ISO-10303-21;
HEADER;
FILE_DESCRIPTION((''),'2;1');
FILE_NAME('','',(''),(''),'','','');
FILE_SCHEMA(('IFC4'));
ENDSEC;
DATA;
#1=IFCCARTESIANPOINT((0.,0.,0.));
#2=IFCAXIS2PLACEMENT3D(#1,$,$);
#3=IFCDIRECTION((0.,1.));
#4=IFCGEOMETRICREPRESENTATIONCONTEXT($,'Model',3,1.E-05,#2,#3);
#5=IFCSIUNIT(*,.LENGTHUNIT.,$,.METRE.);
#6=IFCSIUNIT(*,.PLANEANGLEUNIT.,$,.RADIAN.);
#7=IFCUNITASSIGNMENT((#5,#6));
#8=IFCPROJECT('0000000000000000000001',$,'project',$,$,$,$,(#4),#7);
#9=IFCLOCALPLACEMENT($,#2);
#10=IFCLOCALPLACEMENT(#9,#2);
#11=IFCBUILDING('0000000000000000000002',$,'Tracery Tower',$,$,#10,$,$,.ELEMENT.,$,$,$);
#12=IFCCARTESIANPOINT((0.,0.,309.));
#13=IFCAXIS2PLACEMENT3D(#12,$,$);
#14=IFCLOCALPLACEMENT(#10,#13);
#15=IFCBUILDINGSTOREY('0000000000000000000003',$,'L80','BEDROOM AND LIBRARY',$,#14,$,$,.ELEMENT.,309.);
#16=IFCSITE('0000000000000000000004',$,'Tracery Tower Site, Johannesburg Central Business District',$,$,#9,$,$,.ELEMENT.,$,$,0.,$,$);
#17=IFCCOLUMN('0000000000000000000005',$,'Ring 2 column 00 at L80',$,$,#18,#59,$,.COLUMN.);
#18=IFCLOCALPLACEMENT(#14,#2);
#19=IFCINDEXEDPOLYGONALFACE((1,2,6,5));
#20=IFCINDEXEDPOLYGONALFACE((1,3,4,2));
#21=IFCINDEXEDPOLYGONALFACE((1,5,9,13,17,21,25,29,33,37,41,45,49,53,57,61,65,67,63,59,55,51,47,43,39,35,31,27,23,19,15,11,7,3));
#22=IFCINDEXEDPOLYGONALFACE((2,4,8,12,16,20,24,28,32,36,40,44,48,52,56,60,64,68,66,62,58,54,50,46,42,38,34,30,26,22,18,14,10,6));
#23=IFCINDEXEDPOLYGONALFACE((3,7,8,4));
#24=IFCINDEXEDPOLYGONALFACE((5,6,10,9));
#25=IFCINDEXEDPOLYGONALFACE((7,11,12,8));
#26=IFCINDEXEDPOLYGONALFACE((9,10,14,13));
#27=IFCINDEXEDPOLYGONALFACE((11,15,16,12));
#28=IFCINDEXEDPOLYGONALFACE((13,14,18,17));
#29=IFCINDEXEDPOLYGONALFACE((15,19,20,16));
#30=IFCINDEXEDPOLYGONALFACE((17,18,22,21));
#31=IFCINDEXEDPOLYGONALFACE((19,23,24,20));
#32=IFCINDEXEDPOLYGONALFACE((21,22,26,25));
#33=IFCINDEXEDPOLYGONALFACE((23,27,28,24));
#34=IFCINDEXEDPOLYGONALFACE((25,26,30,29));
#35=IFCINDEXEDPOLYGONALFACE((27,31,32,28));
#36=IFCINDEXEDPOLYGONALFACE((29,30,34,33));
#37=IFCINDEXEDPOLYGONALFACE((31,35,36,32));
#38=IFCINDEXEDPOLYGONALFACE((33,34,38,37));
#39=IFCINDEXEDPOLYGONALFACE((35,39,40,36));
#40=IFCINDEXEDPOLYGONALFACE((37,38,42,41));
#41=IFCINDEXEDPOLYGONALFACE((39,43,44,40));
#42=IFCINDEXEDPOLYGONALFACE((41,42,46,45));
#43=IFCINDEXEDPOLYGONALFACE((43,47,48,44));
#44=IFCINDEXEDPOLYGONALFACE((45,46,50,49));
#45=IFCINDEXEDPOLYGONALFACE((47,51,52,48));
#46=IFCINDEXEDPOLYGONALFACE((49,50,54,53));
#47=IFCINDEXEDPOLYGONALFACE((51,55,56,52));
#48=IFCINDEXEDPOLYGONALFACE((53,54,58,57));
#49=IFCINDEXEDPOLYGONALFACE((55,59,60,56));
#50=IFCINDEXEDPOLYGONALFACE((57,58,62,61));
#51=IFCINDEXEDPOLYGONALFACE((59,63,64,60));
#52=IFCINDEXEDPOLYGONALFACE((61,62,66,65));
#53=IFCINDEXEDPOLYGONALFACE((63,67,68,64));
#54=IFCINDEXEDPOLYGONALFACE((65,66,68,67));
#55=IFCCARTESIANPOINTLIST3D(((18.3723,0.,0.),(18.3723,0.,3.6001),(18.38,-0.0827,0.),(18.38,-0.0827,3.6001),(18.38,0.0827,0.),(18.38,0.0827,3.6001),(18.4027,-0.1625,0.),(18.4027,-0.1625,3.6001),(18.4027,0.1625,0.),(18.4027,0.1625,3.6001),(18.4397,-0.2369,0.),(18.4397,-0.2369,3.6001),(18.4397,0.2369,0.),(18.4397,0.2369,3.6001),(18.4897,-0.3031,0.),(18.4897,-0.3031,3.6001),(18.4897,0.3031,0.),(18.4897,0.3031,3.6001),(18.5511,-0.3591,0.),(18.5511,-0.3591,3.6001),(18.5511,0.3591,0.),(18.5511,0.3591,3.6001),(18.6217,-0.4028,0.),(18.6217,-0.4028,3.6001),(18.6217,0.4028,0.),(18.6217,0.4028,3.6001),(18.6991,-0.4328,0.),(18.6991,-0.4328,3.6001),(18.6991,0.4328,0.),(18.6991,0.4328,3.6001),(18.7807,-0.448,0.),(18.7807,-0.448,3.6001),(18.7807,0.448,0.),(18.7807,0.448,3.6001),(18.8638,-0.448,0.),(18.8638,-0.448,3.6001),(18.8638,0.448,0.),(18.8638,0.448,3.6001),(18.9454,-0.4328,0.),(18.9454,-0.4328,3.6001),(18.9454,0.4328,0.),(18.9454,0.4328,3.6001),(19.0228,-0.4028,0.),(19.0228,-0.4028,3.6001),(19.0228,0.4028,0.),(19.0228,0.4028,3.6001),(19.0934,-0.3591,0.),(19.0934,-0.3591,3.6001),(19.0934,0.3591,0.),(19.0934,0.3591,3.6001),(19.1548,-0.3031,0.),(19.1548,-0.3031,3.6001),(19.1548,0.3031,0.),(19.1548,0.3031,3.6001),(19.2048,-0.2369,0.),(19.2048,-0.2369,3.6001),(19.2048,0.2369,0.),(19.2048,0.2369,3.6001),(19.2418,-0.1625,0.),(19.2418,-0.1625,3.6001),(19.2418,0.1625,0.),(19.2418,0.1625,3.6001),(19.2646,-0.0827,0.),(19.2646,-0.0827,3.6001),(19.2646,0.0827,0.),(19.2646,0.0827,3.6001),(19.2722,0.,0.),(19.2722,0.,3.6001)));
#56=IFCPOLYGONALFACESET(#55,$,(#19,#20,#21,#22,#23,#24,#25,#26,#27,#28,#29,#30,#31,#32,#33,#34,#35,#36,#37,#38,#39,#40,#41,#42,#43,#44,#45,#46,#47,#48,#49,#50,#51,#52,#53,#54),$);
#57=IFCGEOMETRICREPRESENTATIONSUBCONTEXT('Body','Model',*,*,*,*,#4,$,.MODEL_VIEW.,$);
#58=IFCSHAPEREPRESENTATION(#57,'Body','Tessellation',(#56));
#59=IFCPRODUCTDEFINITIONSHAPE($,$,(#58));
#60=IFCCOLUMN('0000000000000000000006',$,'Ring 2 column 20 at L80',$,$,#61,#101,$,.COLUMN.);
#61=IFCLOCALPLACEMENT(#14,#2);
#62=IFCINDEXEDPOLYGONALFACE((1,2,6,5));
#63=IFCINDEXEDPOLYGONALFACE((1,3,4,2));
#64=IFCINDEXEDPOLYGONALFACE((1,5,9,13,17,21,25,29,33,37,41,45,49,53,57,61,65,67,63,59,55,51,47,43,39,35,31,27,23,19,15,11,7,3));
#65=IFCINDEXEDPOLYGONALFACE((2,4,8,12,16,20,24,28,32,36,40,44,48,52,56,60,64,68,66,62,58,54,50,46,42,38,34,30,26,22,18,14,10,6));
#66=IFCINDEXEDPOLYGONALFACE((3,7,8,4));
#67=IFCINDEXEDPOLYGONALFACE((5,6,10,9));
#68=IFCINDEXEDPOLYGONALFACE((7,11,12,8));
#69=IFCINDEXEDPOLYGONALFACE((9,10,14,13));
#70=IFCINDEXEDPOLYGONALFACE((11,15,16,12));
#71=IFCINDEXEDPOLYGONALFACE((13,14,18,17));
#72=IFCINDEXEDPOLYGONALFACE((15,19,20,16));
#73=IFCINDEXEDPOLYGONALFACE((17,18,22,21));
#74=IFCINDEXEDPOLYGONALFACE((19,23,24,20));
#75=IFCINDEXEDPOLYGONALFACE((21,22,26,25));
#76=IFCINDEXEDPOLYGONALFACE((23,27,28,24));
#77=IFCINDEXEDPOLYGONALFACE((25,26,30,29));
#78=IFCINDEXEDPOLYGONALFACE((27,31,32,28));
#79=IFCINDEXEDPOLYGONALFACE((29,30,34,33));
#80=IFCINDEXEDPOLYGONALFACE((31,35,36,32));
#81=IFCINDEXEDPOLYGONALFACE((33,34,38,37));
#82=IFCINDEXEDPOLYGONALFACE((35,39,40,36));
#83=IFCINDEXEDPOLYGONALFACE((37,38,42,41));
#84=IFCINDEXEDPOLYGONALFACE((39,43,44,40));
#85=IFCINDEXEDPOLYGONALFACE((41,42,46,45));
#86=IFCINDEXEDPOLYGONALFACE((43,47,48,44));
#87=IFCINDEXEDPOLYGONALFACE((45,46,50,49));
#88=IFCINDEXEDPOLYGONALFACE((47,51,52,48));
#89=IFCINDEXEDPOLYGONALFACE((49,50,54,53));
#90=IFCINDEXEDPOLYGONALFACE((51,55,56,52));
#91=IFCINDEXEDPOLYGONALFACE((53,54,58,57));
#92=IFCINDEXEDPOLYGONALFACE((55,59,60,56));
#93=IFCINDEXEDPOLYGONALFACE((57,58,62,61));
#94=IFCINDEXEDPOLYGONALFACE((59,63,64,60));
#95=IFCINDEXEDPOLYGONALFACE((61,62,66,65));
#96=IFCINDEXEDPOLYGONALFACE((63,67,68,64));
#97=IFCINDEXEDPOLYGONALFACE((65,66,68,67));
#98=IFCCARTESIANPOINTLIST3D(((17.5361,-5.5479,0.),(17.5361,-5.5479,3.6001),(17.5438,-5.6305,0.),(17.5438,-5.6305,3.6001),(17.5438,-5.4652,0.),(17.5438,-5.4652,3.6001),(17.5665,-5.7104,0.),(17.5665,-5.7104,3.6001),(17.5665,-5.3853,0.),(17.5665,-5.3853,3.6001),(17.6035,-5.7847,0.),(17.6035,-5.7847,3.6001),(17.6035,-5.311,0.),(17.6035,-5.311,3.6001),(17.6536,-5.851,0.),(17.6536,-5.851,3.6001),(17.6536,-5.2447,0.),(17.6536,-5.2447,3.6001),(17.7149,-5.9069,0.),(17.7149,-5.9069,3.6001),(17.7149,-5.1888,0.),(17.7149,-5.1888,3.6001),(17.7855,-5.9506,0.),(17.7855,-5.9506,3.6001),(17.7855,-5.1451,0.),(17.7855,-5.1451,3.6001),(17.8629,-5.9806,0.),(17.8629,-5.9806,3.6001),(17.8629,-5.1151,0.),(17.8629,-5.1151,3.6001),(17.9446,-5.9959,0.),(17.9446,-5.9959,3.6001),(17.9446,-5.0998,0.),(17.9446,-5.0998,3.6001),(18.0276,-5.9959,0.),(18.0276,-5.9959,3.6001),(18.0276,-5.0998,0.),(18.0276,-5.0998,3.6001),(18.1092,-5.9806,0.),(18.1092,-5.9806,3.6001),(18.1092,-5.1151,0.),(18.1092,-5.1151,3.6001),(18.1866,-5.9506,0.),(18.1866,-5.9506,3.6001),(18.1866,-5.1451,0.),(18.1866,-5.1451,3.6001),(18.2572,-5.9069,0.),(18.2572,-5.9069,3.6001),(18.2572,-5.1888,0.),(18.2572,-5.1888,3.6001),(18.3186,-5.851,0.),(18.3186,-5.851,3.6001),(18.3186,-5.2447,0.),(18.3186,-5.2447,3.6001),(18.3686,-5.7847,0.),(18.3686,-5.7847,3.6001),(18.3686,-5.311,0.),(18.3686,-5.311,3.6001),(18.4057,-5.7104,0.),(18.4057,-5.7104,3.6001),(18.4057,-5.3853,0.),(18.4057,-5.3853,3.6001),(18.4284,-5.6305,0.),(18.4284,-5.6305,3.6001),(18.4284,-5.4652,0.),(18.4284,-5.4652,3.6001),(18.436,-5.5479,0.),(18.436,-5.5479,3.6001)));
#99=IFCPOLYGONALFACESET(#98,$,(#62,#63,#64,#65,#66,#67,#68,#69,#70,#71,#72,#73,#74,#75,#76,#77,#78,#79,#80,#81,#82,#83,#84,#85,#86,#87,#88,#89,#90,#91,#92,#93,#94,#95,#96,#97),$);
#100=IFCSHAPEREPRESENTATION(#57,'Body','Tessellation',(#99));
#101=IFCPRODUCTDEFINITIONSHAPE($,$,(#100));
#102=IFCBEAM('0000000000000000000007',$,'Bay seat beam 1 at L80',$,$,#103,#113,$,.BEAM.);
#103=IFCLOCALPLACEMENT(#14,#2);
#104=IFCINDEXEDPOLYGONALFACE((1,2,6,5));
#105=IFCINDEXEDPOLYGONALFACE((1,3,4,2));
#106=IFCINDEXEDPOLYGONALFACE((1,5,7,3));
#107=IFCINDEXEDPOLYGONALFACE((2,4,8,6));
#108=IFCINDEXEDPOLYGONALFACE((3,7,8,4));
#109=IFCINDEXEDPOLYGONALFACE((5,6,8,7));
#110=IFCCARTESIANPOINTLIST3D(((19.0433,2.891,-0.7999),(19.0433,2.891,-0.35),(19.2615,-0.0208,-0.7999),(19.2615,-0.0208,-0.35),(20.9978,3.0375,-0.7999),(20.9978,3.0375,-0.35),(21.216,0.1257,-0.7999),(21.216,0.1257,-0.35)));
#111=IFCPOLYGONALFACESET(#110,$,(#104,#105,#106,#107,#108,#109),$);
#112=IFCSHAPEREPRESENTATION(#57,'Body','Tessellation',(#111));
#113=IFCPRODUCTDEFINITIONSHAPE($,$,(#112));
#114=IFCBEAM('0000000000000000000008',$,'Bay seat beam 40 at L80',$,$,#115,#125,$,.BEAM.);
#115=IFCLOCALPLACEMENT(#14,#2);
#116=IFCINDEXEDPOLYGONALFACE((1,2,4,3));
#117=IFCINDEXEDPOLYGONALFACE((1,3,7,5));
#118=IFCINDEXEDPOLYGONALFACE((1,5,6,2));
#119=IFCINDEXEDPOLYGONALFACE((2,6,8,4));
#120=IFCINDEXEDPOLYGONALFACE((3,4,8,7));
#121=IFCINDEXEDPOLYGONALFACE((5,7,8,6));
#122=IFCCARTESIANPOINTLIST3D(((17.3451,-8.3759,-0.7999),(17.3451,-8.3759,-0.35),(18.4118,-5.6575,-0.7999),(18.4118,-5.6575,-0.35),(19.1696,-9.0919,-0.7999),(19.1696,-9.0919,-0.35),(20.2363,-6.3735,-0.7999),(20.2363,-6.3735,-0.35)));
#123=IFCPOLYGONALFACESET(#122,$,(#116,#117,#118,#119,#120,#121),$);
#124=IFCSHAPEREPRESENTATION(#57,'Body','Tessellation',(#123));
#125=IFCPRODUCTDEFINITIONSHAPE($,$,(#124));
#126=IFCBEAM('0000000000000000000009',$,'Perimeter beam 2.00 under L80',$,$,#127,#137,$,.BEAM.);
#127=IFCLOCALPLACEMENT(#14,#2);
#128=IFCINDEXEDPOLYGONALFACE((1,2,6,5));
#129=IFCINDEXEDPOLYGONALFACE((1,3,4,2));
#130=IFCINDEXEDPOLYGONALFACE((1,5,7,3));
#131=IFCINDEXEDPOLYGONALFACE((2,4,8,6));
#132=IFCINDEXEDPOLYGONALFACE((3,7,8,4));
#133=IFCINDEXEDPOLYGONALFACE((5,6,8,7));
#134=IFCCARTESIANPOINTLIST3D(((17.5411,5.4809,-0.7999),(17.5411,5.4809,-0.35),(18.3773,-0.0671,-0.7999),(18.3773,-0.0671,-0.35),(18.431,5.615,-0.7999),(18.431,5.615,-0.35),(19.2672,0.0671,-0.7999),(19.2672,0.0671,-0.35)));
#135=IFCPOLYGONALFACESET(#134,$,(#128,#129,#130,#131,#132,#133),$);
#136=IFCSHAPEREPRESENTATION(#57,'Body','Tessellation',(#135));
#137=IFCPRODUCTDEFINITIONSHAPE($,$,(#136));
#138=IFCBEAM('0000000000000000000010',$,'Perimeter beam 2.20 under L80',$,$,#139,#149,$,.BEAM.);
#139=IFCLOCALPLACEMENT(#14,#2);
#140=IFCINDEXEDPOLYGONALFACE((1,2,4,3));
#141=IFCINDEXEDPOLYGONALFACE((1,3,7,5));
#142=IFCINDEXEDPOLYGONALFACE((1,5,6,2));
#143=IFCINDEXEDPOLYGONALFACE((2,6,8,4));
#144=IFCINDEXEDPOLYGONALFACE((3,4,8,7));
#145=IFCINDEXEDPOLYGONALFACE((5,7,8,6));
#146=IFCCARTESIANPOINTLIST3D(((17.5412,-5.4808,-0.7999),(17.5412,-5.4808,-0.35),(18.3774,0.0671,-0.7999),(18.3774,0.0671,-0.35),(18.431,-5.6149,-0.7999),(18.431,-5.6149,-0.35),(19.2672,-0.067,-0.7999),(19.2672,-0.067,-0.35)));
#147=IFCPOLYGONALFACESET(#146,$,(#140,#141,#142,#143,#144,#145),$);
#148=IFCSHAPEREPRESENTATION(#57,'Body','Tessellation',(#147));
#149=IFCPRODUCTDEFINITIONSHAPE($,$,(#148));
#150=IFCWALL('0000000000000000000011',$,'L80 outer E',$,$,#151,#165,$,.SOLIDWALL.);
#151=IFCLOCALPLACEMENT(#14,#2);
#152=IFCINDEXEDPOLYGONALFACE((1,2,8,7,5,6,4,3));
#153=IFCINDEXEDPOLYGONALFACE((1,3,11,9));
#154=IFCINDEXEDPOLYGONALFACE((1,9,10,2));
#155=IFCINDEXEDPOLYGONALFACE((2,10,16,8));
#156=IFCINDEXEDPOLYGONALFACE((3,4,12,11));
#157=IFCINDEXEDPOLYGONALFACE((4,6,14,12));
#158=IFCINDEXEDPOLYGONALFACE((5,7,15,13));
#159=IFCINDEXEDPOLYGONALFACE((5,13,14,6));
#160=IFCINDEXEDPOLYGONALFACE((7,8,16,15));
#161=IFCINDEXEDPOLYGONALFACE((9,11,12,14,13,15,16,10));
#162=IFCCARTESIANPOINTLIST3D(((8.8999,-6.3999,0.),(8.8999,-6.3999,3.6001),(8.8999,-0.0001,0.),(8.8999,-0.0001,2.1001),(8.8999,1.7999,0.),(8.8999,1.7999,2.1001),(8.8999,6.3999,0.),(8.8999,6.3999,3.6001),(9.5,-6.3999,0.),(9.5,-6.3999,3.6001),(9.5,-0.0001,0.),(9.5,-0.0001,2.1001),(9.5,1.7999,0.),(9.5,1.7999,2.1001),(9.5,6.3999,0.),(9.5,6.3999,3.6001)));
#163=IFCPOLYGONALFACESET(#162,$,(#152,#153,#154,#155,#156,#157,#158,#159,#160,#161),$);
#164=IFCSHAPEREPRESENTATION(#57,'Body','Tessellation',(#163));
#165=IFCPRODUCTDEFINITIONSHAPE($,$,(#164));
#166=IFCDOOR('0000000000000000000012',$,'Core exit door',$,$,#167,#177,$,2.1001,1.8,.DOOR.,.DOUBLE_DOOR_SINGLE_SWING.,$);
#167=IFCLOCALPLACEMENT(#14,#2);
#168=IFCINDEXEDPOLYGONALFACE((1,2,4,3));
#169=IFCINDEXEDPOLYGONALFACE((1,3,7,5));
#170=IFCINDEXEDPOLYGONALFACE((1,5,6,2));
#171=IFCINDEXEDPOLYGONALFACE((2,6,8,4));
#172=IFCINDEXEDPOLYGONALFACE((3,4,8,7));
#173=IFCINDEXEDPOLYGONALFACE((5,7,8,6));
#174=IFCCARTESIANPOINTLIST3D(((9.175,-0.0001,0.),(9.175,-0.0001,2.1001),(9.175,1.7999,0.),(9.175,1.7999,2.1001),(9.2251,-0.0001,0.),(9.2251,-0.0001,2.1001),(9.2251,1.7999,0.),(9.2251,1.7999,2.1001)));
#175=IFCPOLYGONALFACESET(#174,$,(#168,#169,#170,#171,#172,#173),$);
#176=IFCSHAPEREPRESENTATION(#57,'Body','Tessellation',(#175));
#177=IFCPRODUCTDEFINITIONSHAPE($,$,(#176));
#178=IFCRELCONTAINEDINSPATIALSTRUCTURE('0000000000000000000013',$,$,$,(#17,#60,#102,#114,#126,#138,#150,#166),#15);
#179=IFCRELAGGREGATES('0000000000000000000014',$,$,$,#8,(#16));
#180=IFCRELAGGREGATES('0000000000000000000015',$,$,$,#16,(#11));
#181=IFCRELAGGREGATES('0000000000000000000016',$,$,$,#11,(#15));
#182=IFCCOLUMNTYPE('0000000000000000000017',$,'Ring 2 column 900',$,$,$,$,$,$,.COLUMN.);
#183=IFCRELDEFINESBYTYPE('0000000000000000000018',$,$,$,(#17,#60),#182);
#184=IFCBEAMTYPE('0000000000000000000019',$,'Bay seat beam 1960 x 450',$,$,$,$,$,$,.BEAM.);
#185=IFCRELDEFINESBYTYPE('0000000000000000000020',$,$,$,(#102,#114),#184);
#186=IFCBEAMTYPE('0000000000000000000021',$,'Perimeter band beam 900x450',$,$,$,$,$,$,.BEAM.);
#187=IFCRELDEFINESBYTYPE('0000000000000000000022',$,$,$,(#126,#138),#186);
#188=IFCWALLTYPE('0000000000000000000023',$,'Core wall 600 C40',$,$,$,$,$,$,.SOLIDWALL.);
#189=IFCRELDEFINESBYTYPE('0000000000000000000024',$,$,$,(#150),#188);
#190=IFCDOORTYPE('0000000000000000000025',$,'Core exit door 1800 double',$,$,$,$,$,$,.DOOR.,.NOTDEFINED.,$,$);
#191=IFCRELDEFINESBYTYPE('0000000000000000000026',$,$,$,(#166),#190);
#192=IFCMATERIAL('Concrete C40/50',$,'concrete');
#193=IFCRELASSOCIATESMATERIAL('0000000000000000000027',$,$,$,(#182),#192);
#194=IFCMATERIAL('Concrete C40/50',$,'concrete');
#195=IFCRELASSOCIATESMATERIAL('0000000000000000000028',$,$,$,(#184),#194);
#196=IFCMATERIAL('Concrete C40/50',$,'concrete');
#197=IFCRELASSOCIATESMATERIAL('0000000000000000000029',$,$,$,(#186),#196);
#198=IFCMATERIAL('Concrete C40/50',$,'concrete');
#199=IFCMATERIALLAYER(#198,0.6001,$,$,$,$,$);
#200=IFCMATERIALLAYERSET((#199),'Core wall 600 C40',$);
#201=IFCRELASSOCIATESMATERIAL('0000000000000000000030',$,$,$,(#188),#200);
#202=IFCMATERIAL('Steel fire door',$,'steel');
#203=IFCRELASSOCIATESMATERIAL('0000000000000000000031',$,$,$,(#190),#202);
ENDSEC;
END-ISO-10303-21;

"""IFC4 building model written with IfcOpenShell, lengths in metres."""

from ifc_helpers import new_model, si_unit, direction, frame, frame_2d, origin, origin_2d, place, context, subcontext, project, spatial, rectangle, circle, extrude, material, layer, layer_set, material_profile, profile_set, type_object, element, fill, save


model = new_model("IFC4")

# Units and contexts
model_context = context("Model", 3, precision=1e-05, world=origin(), true_north=direction((0.0, 1.0)))
body_context = subcontext(model_context, "Body", "Model", "MODEL_VIEW")
ifc_project = project(units=[si_unit("LENGTHUNIT", "METRE"), si_unit("PLANEANGLEUNIT", "RADIAN")], contexts=[model_context])

# Site, building, storey
site_placement = place(None, origin())
site = spatial("IfcSite", under=ifc_project, at=site_placement, Name="Tracery Tower Site, Johannesburg Central Business District", CompositionType="ELEMENT", RefElevation=0.0)
building_placement = place(site_placement, origin())
building = spatial("IfcBuilding", under=site, at=building_placement, Name="Tracery Tower", CompositionType="ELEMENT")
storey_placement = place(building_placement, frame((0.0, 0.0, 309.0)))
storey = spatial("IfcBuildingStorey", under=building, at=storey_placement, Name="L80", Description="BEDROOM AND LIBRARY", CompositionType="ELEMENT", Elevation=309.0)

# Columns
ifc_material_1 = material(Name="Concrete C40/50", Category="concrete")
ifc_material_profile_1 = material_profile(ifc_material_1, circle(Radius=0.45, at=origin_2d()), Name="RC D900")
ifc_profile_set_1 = profile_set([ifc_material_profile_1], Name="Concrete C40/50")
column_type = type_object("IfcColumnType", Name="Ring 2 column 900", PredefinedType="COLUMN", material=ifc_profile_set_1)
for number, where, z_axis, x_axis, name in (
    (1, (18.8223, 0.0, 0.0), (0.0, 0.0, 1.0), (1.0, 0.0, 0.0), "Ring 2 column 00 at L80"),
    (2, (17.9861, -5.5479, 0.0), (0.0, 0.0, 1.0), (1.0, 0.0, 0.0), "Ring 2 column 20 at L80"),
):
    element("IfcColumn", number, at=place(storey_placement, frame(where, z_axis=z_axis, x_axis=x_axis)), inside=storey, type_object=column_type, Name=name, PredefinedType="COLUMN", context=body_context, shape_type="SweptSolid", body=[
        extrude(circle(Radius=0.45, at=origin_2d()), origin(), (0.0, 0.0, 1.0), 3.6001),
    ])

# Beams
ifc_material_2 = material(Name="Concrete C40/50", Category="concrete")
ifc_material_profile_2 = material_profile(ifc_material_2, rectangle(XDim=1.96, YDim=0.45, at=origin_2d()), Name="RC 1960x450")
ifc_profile_set_2 = profile_set([ifc_material_profile_2], Name="Concrete C40/50")
beam_type_1 = type_object("IfcBeamType", Name="Bay seat beam 1960 x 450", PredefinedType="BEAM", material=ifc_profile_set_2)
beam_1_placement = place(storey_placement, frame((20.2388, 0.0525, -0.575), z_axis=(-0.074746, 0.997203, 0.0), x_axis=(-0.997203, -0.074746, 0.0)))
element("IfcBeam", 3, at=beam_1_placement, inside=storey, type_object=beam_type_1, Name="Bay seat beam 1 at L80", PredefinedType="BEAM", context=body_context, shape_type="SweptSolid", body=[
    extrude(rectangle(XDim=1.96, YDim=0.45, at=origin_2d()), origin(), (0.0, 0.0, 1.0), 2.9199),
])
beam_2_placement = place(storey_placement, frame((18.2573, -8.7339, -0.575), z_axis=(0.365285, 0.930896, 0.0), x_axis=(-0.930896, 0.365285, 0.0)))
element("IfcBeam", 4, at=beam_2_placement, inside=storey, type_object=beam_type_1, Name="Bay seat beam 40 at L80", PredefinedType="BEAM", context=body_context, shape_type="SweptSolid", body=[
    extrude(rectangle(XDim=1.96, YDim=0.45, at=origin_2d()), origin(), (0.0, 0.0, 1.0), 2.9202),
])
ifc_material_3 = material(Name="Concrete C40/50", Category="concrete")
ifc_material_profile_3 = material_profile(ifc_material_3, rectangle(XDim=0.8999, YDim=0.45, at=origin_2d()), Name="RC 900x450")
ifc_profile_set_3 = profile_set([ifc_material_profile_3], Name="Concrete C40/50")
beam_type_2 = type_object("IfcBeamType", Name="Perimeter band beam 900x450", PredefinedType="BEAM", material=ifc_profile_set_3)
for number, where, z_axis, x_axis, name in (
    (5, (18.8223, 0.0, -0.575), (-0.149038, 0.988831, 0.0), (-0.988831, -0.149038, 0.0), "Perimeter beam 2.00 under L80"),
    (6, (17.9861, -5.5479, -0.575), (0.149038, 0.988831, 0.0), (-0.988831, 0.149038, 0.0), "Perimeter beam 2.20 under L80"),
):
    element("IfcBeam", number, at=place(storey_placement, frame(where, z_axis=z_axis, x_axis=x_axis)), inside=storey, type_object=beam_type_2, Name=name, PredefinedType="BEAM", context=body_context, shape_type="SweptSolid", body=[
        extrude(rectangle(XDim=0.8999, YDim=0.45, at=origin_2d()), origin(), (0.0, 0.0, 1.0), 5.6106),
    ])

# Wall, opening, door
ifc_material_4 = material(Name="Concrete C40/50", Category="concrete")
ifc_layer_1 = layer(ifc_material_4, 0.6001)
ifc_layer_set_1 = layer_set([ifc_layer_1], Name="Core wall 600 C40")
wall_type_1 = type_object("IfcWallType", Name="Core wall 600 C40", PredefinedType="SOLIDWALL", material=ifc_layer_set_1)
wall_1_placement = place(storey_placement, frame((9.2, -6.3999, 0.0), z_axis=(0.0, 0.0, 1.0), x_axis=(0.0, 1.0, 0.0)))
wall_1 = element("IfcWall", 7, at=wall_1_placement, inside=storey, type_object=wall_type_1, Name="L80 outer E", PredefinedType="SOLIDWALL", context=body_context, shape_type="SweptSolid", body=[
    extrude(rectangle(XDim=12.7998, YDim=0.6001, at=frame_2d((6.3999, 0.0))), origin(), (0.0, 0.0, 1.0), 3.6001),
])
opening_1_placement = place(wall_1_placement, frame((6.3999, 0.0, 0.0)))
opening_1 = element("IfcOpeningElement", 8, at=opening_1_placement, cuts=wall_1, PredefinedType="OPENING", context=body_context, shape_type="SweptSolid", body=[
    extrude(rectangle(XDim=1.8, YDim=2.1001, at=frame_2d((0.8999, 1.05))), frame((0.0, 0.3, 0.0), z_axis=(0.0, -1.0, 0.0), x_axis=(1.0, 0.0, 0.0)), (0.0, 0.0, 1.0), 0.6001),
])
ifc_material_5 = material(Name="Steel fire door", Category="steel")
door_type_1 = type_object("IfcDoorType", Name="Core exit door 1800 double", OperationType="NOTDEFINED", PredefinedType="DOOR", material=ifc_material_5)
door_1_placement = place(opening_1_placement, origin())
door_1 = element("IfcDoor", 9, at=door_1_placement, inside=storey, type_object=door_type_1, Name="Core exit door", OperationType="DOUBLE_DOOR_SINGLE_SWING", OverallHeight=2.1001, OverallWidth=1.8, PredefinedType="DOOR", context=body_context, shape_type="SweptSolid", body=[
    extrude(rectangle(XDim=1.8, YDim=2.1001, at=frame_2d((0.8999, 1.05))), frame((0.0, 0.0249, 0.0), z_axis=(0.0, -1.0, 0.0), x_axis=(1.0, 0.0, 0.0)), (0.0, 0.0, 1.0), 0.05),
])
fill(opening_1, door_1)

save(model, "model.ifc")
